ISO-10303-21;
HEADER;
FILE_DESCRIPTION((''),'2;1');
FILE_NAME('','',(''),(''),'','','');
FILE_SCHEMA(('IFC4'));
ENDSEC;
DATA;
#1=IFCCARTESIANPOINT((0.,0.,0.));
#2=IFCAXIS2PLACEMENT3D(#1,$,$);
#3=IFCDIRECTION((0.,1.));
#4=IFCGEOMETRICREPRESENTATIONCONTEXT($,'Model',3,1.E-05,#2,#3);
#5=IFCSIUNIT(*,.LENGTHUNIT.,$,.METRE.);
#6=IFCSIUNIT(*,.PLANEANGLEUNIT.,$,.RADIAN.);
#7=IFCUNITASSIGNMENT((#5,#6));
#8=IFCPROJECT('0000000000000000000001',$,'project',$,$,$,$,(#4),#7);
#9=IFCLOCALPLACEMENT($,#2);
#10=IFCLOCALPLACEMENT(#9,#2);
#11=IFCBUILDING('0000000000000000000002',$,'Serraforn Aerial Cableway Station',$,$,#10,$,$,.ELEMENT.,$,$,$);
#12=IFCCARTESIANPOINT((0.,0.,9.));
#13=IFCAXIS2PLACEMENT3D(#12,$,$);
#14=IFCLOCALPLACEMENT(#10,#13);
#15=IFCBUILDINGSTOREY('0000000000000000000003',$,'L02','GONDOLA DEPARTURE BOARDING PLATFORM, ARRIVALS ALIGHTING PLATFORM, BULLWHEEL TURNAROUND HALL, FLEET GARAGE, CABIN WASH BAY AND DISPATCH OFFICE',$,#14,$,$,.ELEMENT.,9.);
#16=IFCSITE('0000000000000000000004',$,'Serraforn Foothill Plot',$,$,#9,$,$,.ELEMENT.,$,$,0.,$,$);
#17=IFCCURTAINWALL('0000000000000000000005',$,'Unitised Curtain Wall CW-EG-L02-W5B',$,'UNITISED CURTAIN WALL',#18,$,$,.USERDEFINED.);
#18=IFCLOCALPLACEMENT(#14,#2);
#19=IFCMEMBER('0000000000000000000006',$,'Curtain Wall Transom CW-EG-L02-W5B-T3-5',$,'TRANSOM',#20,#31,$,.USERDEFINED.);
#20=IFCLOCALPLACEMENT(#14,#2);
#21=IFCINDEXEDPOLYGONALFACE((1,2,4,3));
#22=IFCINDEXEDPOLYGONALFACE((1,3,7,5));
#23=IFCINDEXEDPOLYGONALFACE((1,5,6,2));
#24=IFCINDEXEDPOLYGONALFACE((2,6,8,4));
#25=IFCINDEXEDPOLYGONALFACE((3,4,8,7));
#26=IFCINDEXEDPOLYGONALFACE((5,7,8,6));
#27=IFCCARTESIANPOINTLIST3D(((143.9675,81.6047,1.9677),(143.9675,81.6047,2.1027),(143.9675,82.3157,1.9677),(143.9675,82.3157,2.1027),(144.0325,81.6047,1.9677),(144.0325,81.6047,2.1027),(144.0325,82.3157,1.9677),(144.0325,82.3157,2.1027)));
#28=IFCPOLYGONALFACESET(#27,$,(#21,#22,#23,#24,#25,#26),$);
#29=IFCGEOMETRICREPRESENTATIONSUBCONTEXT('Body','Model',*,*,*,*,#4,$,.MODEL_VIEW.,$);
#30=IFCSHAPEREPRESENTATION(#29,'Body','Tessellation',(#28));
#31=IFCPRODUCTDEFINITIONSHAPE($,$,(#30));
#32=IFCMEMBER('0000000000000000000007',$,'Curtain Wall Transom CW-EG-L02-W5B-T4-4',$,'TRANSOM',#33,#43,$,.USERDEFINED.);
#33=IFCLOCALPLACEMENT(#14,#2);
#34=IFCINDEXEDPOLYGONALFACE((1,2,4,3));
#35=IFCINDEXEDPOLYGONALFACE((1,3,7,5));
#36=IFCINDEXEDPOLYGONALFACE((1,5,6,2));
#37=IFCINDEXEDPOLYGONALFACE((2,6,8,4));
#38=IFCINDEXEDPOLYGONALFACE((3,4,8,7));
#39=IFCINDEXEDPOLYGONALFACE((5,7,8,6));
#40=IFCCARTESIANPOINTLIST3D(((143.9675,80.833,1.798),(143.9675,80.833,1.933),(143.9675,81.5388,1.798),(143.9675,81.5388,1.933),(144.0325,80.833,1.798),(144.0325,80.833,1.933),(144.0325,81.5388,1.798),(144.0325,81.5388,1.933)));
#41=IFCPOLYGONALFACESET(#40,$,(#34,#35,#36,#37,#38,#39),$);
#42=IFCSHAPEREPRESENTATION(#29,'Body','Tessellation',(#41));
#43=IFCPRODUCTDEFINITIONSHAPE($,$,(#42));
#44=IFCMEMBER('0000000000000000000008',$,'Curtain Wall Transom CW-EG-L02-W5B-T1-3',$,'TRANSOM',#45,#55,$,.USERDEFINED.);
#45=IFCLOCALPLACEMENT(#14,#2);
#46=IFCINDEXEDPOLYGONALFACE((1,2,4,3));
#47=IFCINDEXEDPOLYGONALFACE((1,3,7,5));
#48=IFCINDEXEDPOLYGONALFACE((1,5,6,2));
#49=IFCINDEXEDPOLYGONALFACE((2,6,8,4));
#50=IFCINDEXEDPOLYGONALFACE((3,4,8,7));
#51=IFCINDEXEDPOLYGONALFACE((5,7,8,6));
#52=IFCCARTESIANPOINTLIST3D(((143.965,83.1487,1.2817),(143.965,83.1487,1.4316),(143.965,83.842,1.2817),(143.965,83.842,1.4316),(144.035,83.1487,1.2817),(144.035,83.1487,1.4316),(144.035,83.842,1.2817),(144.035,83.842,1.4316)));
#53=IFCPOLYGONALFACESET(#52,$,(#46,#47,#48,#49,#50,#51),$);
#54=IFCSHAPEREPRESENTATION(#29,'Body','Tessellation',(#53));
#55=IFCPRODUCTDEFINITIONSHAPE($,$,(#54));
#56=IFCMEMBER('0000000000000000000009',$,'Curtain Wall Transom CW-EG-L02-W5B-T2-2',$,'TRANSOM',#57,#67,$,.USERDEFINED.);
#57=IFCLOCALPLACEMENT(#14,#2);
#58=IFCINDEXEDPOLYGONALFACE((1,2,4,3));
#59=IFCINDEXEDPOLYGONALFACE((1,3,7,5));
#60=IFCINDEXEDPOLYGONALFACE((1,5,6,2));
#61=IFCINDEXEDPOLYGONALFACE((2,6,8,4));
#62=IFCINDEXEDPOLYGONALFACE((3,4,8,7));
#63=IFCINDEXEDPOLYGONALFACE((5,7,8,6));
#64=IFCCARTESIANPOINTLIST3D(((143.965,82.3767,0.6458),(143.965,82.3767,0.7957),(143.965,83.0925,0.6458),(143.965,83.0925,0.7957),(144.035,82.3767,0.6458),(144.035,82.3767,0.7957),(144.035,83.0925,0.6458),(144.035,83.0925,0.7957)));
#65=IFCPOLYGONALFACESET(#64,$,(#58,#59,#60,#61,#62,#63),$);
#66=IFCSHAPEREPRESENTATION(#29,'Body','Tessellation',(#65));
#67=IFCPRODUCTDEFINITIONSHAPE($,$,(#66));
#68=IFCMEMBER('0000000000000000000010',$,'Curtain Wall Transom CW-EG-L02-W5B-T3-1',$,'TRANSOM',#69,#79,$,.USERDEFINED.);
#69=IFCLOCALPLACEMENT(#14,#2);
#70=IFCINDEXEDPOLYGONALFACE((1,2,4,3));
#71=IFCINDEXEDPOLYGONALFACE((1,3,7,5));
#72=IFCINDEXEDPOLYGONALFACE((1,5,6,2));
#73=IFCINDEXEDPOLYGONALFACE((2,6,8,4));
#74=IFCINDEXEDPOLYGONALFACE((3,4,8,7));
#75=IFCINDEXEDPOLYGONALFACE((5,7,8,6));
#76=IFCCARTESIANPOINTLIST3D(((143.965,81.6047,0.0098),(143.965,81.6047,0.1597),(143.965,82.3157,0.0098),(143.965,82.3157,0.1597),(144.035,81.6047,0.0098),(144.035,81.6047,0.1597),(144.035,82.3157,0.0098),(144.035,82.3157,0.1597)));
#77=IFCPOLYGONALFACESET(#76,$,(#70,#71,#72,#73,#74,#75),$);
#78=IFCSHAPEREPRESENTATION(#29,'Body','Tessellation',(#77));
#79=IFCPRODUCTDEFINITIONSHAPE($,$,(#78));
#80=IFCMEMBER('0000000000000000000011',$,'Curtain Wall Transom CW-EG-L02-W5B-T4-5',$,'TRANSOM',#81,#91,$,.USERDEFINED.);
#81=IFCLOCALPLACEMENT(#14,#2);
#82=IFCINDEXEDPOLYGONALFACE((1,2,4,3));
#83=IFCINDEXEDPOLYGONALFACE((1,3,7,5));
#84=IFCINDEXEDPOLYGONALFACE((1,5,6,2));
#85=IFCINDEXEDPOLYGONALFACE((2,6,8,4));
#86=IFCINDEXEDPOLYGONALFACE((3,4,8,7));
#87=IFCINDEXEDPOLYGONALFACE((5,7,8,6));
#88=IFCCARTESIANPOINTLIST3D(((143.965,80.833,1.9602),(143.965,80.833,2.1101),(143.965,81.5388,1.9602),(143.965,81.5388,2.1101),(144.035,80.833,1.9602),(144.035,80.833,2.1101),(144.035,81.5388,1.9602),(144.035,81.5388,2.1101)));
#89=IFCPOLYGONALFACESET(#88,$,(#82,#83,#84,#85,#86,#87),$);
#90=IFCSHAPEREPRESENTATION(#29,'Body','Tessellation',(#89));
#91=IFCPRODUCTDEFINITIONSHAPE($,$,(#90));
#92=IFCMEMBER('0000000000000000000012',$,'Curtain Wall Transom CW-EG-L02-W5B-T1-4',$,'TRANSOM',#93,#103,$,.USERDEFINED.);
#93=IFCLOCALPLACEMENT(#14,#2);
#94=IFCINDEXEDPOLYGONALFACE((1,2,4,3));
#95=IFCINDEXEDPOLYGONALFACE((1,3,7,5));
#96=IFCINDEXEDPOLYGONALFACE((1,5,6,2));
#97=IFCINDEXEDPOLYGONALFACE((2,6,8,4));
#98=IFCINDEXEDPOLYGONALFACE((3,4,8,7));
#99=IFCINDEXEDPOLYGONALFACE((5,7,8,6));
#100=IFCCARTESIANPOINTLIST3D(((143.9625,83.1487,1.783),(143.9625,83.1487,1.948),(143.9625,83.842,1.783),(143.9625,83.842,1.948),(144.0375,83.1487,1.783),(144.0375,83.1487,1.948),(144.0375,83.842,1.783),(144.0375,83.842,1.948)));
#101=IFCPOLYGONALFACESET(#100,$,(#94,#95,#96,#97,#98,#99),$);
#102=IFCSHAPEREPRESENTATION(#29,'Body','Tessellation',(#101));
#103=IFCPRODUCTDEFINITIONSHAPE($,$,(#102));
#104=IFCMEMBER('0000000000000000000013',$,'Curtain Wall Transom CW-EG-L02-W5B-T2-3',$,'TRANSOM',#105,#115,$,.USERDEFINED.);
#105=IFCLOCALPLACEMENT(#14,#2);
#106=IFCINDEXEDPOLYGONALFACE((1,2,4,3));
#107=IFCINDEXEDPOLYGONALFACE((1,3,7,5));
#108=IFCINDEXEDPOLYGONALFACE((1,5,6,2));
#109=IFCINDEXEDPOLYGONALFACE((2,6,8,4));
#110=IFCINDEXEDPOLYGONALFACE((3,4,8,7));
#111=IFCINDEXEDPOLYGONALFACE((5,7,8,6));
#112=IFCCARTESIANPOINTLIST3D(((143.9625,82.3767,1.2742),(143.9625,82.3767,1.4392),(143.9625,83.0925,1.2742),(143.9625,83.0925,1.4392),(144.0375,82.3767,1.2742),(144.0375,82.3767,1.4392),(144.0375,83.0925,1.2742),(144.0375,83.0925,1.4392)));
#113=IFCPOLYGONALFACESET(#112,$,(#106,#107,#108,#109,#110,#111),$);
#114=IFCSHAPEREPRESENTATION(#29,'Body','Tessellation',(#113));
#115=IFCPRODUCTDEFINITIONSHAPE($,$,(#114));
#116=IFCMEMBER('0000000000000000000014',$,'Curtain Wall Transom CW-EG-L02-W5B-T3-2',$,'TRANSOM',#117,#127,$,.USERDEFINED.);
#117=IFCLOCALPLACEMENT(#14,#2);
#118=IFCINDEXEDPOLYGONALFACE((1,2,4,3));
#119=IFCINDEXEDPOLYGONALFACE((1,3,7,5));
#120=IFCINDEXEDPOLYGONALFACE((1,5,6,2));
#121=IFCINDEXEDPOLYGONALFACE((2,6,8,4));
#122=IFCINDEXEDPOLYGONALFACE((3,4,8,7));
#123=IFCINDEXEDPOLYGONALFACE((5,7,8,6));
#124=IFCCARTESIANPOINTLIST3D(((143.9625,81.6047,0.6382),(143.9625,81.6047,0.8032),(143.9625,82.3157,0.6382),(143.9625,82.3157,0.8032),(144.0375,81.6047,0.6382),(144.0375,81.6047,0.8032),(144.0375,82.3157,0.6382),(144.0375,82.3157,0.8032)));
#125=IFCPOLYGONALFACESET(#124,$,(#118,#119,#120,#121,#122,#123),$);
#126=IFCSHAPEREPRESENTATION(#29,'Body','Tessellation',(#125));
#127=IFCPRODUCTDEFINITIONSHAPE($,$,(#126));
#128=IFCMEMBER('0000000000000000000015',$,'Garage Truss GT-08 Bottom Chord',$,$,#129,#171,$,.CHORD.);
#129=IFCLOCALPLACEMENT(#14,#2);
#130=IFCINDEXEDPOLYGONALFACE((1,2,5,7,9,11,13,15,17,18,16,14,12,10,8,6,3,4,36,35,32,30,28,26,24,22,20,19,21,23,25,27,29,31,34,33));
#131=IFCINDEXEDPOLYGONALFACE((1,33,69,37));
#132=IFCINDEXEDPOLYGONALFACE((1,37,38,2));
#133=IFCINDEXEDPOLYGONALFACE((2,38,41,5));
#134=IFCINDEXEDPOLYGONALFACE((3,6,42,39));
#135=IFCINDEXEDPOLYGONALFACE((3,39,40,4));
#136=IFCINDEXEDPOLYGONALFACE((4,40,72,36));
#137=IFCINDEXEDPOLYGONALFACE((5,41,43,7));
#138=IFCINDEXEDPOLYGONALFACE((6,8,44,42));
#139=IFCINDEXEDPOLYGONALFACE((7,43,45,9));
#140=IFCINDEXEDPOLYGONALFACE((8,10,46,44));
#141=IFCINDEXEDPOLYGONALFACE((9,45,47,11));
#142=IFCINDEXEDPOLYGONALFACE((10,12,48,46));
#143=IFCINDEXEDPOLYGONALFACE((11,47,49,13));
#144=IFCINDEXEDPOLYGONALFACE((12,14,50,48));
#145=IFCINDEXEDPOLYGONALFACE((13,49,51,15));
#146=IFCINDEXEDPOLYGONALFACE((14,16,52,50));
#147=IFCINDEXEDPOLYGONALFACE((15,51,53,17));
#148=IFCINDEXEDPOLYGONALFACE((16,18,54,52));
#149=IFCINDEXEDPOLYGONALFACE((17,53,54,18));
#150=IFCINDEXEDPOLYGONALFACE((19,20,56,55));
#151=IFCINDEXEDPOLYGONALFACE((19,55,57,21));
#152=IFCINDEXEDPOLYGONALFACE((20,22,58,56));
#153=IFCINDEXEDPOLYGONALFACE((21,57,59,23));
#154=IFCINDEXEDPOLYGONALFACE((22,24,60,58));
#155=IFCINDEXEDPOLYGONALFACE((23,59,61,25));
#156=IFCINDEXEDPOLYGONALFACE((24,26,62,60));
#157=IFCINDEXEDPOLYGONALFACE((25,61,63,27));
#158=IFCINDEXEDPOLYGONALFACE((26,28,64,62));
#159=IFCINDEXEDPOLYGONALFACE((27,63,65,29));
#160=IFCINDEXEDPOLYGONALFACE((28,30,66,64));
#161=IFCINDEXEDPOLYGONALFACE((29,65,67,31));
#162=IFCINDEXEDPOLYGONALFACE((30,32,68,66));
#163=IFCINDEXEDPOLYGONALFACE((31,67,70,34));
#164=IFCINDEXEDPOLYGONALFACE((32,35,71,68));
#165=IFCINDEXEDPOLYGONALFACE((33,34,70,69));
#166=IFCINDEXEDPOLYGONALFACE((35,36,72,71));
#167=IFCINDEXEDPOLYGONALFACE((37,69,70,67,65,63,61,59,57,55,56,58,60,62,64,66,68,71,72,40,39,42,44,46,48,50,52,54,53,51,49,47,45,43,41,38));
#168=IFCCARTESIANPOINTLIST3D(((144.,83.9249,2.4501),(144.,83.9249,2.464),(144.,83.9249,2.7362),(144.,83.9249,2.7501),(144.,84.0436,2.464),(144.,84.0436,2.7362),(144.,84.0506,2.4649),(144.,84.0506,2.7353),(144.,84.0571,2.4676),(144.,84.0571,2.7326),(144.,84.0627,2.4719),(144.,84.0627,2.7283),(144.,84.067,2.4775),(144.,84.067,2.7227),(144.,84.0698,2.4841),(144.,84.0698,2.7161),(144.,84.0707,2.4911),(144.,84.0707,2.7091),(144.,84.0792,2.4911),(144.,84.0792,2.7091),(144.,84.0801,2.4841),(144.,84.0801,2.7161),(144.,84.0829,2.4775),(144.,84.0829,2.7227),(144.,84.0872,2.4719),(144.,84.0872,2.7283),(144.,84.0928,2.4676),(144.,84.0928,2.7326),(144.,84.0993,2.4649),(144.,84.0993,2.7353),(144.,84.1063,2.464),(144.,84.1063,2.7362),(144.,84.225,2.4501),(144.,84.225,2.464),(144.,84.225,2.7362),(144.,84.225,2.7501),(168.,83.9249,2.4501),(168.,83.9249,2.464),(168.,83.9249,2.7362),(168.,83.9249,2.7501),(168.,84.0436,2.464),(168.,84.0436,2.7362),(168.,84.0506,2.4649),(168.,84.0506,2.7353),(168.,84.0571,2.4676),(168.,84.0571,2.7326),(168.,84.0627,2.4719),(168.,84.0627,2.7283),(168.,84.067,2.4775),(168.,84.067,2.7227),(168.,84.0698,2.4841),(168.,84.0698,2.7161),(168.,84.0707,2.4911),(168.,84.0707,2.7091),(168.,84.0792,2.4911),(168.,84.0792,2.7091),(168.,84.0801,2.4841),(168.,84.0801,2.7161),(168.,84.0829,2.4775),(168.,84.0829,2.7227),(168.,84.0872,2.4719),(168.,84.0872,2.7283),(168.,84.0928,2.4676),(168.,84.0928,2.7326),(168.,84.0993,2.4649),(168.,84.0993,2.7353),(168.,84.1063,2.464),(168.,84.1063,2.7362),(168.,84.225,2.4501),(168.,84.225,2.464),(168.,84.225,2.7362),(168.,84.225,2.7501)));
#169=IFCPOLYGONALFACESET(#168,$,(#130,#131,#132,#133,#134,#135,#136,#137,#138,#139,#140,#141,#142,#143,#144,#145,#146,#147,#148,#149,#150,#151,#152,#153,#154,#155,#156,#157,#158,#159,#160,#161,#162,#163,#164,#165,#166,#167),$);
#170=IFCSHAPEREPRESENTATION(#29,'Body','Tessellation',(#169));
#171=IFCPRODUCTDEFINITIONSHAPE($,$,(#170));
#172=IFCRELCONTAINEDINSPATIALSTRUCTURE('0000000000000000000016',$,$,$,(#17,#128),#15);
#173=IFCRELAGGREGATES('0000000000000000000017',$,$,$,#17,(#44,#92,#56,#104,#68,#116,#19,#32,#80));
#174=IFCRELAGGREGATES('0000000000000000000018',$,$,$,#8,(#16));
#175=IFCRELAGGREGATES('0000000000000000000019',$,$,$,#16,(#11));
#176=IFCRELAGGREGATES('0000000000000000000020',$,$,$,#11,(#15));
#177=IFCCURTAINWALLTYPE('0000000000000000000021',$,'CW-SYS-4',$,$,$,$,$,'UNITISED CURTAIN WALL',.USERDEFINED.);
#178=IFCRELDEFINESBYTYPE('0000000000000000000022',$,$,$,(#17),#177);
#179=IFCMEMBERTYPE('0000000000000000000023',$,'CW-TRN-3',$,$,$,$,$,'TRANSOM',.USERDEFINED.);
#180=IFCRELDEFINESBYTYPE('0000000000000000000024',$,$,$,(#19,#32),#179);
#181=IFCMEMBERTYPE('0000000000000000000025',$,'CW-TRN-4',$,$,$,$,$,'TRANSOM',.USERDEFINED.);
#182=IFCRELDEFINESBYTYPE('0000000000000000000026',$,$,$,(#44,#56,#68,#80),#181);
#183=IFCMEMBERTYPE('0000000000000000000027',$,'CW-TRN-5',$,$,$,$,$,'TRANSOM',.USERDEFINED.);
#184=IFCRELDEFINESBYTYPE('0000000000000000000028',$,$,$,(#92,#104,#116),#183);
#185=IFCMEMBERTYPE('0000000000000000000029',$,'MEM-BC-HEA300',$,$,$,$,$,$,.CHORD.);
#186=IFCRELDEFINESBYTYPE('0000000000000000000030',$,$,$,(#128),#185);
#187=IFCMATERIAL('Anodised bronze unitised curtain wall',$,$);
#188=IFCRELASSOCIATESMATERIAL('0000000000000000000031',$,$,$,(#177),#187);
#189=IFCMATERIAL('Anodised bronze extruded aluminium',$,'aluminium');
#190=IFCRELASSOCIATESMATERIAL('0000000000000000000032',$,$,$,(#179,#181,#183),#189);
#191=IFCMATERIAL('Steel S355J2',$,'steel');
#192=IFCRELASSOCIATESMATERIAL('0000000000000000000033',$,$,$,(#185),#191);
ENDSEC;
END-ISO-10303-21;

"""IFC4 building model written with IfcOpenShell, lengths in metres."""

from ifc_helpers import new_model, si_unit, direction, frame, origin, origin_2d, place, context, subcontext, project, spatial, rectangle, i_section, extrude, material, material_profile, profile_set, type_object, element, aggregate, save


model = new_model("IFC4")

# Units and contexts
model_context = context("Model", 3, precision=1e-05, world=origin(), true_north=direction((0.0, 1.0)))
body_context = subcontext(model_context, "Body", "Model", "MODEL_VIEW")
ifc_project = project(units=[si_unit("LENGTHUNIT", "METRE"), si_unit("PLANEANGLEUNIT", "RADIAN")], contexts=[model_context])

# Site, building, storey
site_placement = place(None, origin())
site = spatial("IfcSite", under=ifc_project, at=site_placement, Name="Serraforn Foothill Plot", CompositionType="ELEMENT", RefElevation=0.0)
building_placement = place(site_placement, origin())
building = spatial("IfcBuilding", under=site, at=building_placement, Name="Serraforn Aerial Cableway Station", CompositionType="ELEMENT")
storey_placement = place(building_placement, frame((0.0, 0.0, 9.0)))
storey = spatial("IfcBuildingStorey", under=building, at=storey_placement, Name="L02", Description="GONDOLA DEPARTURE BOARDING PLATFORM, ARRIVALS ALIGHTING PLATFORM, BULLWHEEL TURNAROUND HALL, FLEET GARAGE, CABIN WASH BAY AND DISPATCH OFFICE", CompositionType="ELEMENT", Elevation=9.0)

# Curtain wall, members
ifc_material_1 = material(Name="Anodised bronze unitised curtain wall")
curtain_wall_type = type_object("IfcCurtainWallType", Name="CW-SYS-4", ElementType="UNITISED CURTAIN WALL", PredefinedType="USERDEFINED", material=ifc_material_1)
curtain_wall_placement = place(storey_placement, origin())
curtain_wall = element("IfcCurtainWall", 1, at=curtain_wall_placement, inside=storey, type_object=curtain_wall_type, Name="Unitised Curtain Wall CW-EG-L02-W5B", ObjectType="UNITISED CURTAIN WALL", PredefinedType="USERDEFINED")
ifc_material_2 = material(Name="Anodised bronze extruded aluminium", Category="aluminium")
ifc_material_profile_1 = material_profile(ifc_material_2, rectangle(XDim=0.0649, YDim=0.135, at=origin_2d()), Name="CW TRANSOM 65x135")
ifc_profile_set_1 = profile_set([ifc_material_profile_1], Name="Anodised bronze extruded aluminium")
member_type_1 = type_object("IfcMemberType", Name="CW-TRN-3", ElementType="TRANSOM", PredefinedType="USERDEFINED", material=ifc_profile_set_1)
member_1_placement = place(storey_placement, frame((144.0, 82.3157, 2.0352), z_axis=(0.0, -1.0, 0.0), x_axis=(1.0, 0.0, 0.0)))
member_1 = element("IfcMember", 2, at=member_1_placement, type_object=member_type_1, Name="Curtain Wall Transom CW-EG-L02-W5B-T3-5", ObjectType="TRANSOM", PredefinedType="USERDEFINED", context=body_context, shape_type="SweptSolid", body=[
    extrude(rectangle(XDim=0.0649, YDim=0.135, at=origin_2d()), origin(), (0.0, 0.0, 1.0), 0.7109),
])
member_2_placement = place(storey_placement, frame((144.0, 81.5388, 1.8655), z_axis=(0.0, -1.0, 0.0), x_axis=(1.0, 0.0, 0.0)))
member_2 = element("IfcMember", 3, at=member_2_placement, type_object=member_type_1, Name="Curtain Wall Transom CW-EG-L02-W5B-T4-4", ObjectType="TRANSOM", PredefinedType="USERDEFINED", context=body_context, shape_type="SweptSolid", body=[
    extrude(rectangle(XDim=0.0649, YDim=0.135, at=origin_2d()), origin(), (0.0, 0.0, 1.0), 0.7058),
])
ifc_material_profile_2 = material_profile(ifc_material_2, rectangle(XDim=0.0701, YDim=0.1499, at=origin_2d()), Name="CW TRANSOM 70x150")
ifc_profile_set_2 = profile_set([ifc_material_profile_2], Name="Anodised bronze extruded aluminium")
member_type_2 = type_object("IfcMemberType", Name="CW-TRN-4", ElementType="TRANSOM", PredefinedType="USERDEFINED", material=ifc_profile_set_2)
member_3_placement = place(storey_placement, frame((144.0, 83.842, 1.3567), z_axis=(0.0, -1.0, 0.0), x_axis=(1.0, 0.0, 0.0)))
member_3 = element("IfcMember", 4, at=member_3_placement, type_object=member_type_2, Name="Curtain Wall Transom CW-EG-L02-W5B-T1-3", ObjectType="TRANSOM", PredefinedType="USERDEFINED", context=body_context, shape_type="SweptSolid", body=[
    extrude(rectangle(XDim=0.0701, YDim=0.1499, at=origin_2d()), origin(), (0.0, 0.0, 1.0), 0.6934),
])
member_4_placement = place(storey_placement, frame((144.0, 83.0925, 0.7207), z_axis=(0.0, -1.0, 0.0), x_axis=(1.0, 0.0, 0.0)))
member_4 = element("IfcMember", 5, at=member_4_placement, type_object=member_type_2, Name="Curtain Wall Transom CW-EG-L02-W5B-T2-2", ObjectType="TRANSOM", PredefinedType="USERDEFINED", context=body_context, shape_type="SweptSolid", body=[
    extrude(rectangle(XDim=0.0701, YDim=0.1499, at=origin_2d()), origin(), (0.0, 0.0, 1.0), 0.7158),
])
member_5_placement = place(storey_placement, frame((144.0, 82.3157, 0.0847), z_axis=(0.0, -1.0, 0.0), x_axis=(1.0, 0.0, 0.0)))
member_5 = element("IfcMember", 6, at=member_5_placement, type_object=member_type_2, Name="Curtain Wall Transom CW-EG-L02-W5B-T3-1", ObjectType="TRANSOM", PredefinedType="USERDEFINED", context=body_context, shape_type="SweptSolid", body=[
    extrude(rectangle(XDim=0.0701, YDim=0.1499, at=origin_2d()), origin(), (0.0, 0.0, 1.0), 0.7109),
])
member_6_placement = place(storey_placement, frame((144.0, 81.5388, 2.0352), z_axis=(0.0, -1.0, 0.0), x_axis=(1.0, 0.0, 0.0)))
member_6 = element("IfcMember", 7, at=member_6_placement, type_object=member_type_2, Name="Curtain Wall Transom CW-EG-L02-W5B-T4-5", ObjectType="TRANSOM", PredefinedType="USERDEFINED", context=body_context, shape_type="SweptSolid", body=[
    extrude(rectangle(XDim=0.0701, YDim=0.1499, at=origin_2d()), origin(), (0.0, 0.0, 1.0), 0.7058),
])
ifc_material_profile_3 = material_profile(ifc_material_2, rectangle(XDim=0.075, YDim=0.165, at=origin_2d()), Name="CW TRANSOM 75x165")
ifc_profile_set_3 = profile_set([ifc_material_profile_3], Name="Anodised bronze extruded aluminium")
member_type_3 = type_object("IfcMemberType", Name="CW-TRN-5", ElementType="TRANSOM", PredefinedType="USERDEFINED", material=ifc_profile_set_3)
member_7_placement = place(storey_placement, frame((144.0, 83.842, 1.8655), z_axis=(0.0, -1.0, 0.0), x_axis=(1.0, 0.0, 0.0)))
member_7 = element("IfcMember", 8, at=member_7_placement, type_object=member_type_3, Name="Curtain Wall Transom CW-EG-L02-W5B-T1-4", ObjectType="TRANSOM", PredefinedType="USERDEFINED", context=body_context, shape_type="SweptSolid", body=[
    extrude(rectangle(XDim=0.075, YDim=0.165, at=origin_2d()), origin(), (0.0, 0.0, 1.0), 0.6934),
])
member_8_placement = place(storey_placement, frame((144.0, 83.0925, 1.3567), z_axis=(0.0, -1.0, 0.0), x_axis=(1.0, 0.0, 0.0)))
member_8 = element("IfcMember", 9, at=member_8_placement, type_object=member_type_3, Name="Curtain Wall Transom CW-EG-L02-W5B-T2-3", ObjectType="TRANSOM", PredefinedType="USERDEFINED", context=body_context, shape_type="SweptSolid", body=[
    extrude(rectangle(XDim=0.075, YDim=0.165, at=origin_2d()), origin(), (0.0, 0.0, 1.0), 0.7158),
])
member_9_placement = place(storey_placement, frame((144.0, 82.3157, 0.7207), z_axis=(0.0, -1.0, 0.0), x_axis=(1.0, 0.0, 0.0)))
member_9 = element("IfcMember", 10, at=member_9_placement, type_object=member_type_3, Name="Curtain Wall Transom CW-EG-L02-W5B-T3-2", ObjectType="TRANSOM", PredefinedType="USERDEFINED", context=body_context, shape_type="SweptSolid", body=[
    extrude(rectangle(XDim=0.075, YDim=0.165, at=origin_2d()), origin(), (0.0, 0.0, 1.0), 0.7109),
])

# Member
ifc_material_3 = material(Name="Steel S355J2", Category="steel")
ifc_material_profile_4 = material_profile(ifc_material_3, i_section(OverallWidth=0.3, OverallDepth=0.3, WebThickness=0.0085, FlangeThickness=0.0139, FilletRadius=0.0271, at=origin_2d()), Name="HEA 300")
ifc_profile_set_4 = profile_set([ifc_material_profile_4], Name="Steel S355J2")
member_type_4 = type_object("IfcMemberType", Name="MEM-BC-HEA300", PredefinedType="CHORD", material=ifc_profile_set_4)
member_10_placement = place(storey_placement, frame((144.0, 84.075, 2.6001), z_axis=(1.0, 0.0, 0.0), x_axis=(0.0, 1.0, 0.0)))
element("IfcMember", 11, at=member_10_placement, inside=storey, type_object=member_type_4, Name="Garage Truss GT-08 Bottom Chord", PredefinedType="CHORD", context=body_context, shape_type="SweptSolid", body=[
    extrude(i_section(OverallWidth=0.3, OverallDepth=0.3, WebThickness=0.0085, FlangeThickness=0.0139, FilletRadius=0.0271, at=origin_2d()), origin(), (0.0, 0.0, 1.0), 24.0),
])

aggregate(curtain_wall, [member_3, member_7, member_4, member_8, member_5, member_9, member_1, member_2, member_6])

save(model, "model.ifc")
